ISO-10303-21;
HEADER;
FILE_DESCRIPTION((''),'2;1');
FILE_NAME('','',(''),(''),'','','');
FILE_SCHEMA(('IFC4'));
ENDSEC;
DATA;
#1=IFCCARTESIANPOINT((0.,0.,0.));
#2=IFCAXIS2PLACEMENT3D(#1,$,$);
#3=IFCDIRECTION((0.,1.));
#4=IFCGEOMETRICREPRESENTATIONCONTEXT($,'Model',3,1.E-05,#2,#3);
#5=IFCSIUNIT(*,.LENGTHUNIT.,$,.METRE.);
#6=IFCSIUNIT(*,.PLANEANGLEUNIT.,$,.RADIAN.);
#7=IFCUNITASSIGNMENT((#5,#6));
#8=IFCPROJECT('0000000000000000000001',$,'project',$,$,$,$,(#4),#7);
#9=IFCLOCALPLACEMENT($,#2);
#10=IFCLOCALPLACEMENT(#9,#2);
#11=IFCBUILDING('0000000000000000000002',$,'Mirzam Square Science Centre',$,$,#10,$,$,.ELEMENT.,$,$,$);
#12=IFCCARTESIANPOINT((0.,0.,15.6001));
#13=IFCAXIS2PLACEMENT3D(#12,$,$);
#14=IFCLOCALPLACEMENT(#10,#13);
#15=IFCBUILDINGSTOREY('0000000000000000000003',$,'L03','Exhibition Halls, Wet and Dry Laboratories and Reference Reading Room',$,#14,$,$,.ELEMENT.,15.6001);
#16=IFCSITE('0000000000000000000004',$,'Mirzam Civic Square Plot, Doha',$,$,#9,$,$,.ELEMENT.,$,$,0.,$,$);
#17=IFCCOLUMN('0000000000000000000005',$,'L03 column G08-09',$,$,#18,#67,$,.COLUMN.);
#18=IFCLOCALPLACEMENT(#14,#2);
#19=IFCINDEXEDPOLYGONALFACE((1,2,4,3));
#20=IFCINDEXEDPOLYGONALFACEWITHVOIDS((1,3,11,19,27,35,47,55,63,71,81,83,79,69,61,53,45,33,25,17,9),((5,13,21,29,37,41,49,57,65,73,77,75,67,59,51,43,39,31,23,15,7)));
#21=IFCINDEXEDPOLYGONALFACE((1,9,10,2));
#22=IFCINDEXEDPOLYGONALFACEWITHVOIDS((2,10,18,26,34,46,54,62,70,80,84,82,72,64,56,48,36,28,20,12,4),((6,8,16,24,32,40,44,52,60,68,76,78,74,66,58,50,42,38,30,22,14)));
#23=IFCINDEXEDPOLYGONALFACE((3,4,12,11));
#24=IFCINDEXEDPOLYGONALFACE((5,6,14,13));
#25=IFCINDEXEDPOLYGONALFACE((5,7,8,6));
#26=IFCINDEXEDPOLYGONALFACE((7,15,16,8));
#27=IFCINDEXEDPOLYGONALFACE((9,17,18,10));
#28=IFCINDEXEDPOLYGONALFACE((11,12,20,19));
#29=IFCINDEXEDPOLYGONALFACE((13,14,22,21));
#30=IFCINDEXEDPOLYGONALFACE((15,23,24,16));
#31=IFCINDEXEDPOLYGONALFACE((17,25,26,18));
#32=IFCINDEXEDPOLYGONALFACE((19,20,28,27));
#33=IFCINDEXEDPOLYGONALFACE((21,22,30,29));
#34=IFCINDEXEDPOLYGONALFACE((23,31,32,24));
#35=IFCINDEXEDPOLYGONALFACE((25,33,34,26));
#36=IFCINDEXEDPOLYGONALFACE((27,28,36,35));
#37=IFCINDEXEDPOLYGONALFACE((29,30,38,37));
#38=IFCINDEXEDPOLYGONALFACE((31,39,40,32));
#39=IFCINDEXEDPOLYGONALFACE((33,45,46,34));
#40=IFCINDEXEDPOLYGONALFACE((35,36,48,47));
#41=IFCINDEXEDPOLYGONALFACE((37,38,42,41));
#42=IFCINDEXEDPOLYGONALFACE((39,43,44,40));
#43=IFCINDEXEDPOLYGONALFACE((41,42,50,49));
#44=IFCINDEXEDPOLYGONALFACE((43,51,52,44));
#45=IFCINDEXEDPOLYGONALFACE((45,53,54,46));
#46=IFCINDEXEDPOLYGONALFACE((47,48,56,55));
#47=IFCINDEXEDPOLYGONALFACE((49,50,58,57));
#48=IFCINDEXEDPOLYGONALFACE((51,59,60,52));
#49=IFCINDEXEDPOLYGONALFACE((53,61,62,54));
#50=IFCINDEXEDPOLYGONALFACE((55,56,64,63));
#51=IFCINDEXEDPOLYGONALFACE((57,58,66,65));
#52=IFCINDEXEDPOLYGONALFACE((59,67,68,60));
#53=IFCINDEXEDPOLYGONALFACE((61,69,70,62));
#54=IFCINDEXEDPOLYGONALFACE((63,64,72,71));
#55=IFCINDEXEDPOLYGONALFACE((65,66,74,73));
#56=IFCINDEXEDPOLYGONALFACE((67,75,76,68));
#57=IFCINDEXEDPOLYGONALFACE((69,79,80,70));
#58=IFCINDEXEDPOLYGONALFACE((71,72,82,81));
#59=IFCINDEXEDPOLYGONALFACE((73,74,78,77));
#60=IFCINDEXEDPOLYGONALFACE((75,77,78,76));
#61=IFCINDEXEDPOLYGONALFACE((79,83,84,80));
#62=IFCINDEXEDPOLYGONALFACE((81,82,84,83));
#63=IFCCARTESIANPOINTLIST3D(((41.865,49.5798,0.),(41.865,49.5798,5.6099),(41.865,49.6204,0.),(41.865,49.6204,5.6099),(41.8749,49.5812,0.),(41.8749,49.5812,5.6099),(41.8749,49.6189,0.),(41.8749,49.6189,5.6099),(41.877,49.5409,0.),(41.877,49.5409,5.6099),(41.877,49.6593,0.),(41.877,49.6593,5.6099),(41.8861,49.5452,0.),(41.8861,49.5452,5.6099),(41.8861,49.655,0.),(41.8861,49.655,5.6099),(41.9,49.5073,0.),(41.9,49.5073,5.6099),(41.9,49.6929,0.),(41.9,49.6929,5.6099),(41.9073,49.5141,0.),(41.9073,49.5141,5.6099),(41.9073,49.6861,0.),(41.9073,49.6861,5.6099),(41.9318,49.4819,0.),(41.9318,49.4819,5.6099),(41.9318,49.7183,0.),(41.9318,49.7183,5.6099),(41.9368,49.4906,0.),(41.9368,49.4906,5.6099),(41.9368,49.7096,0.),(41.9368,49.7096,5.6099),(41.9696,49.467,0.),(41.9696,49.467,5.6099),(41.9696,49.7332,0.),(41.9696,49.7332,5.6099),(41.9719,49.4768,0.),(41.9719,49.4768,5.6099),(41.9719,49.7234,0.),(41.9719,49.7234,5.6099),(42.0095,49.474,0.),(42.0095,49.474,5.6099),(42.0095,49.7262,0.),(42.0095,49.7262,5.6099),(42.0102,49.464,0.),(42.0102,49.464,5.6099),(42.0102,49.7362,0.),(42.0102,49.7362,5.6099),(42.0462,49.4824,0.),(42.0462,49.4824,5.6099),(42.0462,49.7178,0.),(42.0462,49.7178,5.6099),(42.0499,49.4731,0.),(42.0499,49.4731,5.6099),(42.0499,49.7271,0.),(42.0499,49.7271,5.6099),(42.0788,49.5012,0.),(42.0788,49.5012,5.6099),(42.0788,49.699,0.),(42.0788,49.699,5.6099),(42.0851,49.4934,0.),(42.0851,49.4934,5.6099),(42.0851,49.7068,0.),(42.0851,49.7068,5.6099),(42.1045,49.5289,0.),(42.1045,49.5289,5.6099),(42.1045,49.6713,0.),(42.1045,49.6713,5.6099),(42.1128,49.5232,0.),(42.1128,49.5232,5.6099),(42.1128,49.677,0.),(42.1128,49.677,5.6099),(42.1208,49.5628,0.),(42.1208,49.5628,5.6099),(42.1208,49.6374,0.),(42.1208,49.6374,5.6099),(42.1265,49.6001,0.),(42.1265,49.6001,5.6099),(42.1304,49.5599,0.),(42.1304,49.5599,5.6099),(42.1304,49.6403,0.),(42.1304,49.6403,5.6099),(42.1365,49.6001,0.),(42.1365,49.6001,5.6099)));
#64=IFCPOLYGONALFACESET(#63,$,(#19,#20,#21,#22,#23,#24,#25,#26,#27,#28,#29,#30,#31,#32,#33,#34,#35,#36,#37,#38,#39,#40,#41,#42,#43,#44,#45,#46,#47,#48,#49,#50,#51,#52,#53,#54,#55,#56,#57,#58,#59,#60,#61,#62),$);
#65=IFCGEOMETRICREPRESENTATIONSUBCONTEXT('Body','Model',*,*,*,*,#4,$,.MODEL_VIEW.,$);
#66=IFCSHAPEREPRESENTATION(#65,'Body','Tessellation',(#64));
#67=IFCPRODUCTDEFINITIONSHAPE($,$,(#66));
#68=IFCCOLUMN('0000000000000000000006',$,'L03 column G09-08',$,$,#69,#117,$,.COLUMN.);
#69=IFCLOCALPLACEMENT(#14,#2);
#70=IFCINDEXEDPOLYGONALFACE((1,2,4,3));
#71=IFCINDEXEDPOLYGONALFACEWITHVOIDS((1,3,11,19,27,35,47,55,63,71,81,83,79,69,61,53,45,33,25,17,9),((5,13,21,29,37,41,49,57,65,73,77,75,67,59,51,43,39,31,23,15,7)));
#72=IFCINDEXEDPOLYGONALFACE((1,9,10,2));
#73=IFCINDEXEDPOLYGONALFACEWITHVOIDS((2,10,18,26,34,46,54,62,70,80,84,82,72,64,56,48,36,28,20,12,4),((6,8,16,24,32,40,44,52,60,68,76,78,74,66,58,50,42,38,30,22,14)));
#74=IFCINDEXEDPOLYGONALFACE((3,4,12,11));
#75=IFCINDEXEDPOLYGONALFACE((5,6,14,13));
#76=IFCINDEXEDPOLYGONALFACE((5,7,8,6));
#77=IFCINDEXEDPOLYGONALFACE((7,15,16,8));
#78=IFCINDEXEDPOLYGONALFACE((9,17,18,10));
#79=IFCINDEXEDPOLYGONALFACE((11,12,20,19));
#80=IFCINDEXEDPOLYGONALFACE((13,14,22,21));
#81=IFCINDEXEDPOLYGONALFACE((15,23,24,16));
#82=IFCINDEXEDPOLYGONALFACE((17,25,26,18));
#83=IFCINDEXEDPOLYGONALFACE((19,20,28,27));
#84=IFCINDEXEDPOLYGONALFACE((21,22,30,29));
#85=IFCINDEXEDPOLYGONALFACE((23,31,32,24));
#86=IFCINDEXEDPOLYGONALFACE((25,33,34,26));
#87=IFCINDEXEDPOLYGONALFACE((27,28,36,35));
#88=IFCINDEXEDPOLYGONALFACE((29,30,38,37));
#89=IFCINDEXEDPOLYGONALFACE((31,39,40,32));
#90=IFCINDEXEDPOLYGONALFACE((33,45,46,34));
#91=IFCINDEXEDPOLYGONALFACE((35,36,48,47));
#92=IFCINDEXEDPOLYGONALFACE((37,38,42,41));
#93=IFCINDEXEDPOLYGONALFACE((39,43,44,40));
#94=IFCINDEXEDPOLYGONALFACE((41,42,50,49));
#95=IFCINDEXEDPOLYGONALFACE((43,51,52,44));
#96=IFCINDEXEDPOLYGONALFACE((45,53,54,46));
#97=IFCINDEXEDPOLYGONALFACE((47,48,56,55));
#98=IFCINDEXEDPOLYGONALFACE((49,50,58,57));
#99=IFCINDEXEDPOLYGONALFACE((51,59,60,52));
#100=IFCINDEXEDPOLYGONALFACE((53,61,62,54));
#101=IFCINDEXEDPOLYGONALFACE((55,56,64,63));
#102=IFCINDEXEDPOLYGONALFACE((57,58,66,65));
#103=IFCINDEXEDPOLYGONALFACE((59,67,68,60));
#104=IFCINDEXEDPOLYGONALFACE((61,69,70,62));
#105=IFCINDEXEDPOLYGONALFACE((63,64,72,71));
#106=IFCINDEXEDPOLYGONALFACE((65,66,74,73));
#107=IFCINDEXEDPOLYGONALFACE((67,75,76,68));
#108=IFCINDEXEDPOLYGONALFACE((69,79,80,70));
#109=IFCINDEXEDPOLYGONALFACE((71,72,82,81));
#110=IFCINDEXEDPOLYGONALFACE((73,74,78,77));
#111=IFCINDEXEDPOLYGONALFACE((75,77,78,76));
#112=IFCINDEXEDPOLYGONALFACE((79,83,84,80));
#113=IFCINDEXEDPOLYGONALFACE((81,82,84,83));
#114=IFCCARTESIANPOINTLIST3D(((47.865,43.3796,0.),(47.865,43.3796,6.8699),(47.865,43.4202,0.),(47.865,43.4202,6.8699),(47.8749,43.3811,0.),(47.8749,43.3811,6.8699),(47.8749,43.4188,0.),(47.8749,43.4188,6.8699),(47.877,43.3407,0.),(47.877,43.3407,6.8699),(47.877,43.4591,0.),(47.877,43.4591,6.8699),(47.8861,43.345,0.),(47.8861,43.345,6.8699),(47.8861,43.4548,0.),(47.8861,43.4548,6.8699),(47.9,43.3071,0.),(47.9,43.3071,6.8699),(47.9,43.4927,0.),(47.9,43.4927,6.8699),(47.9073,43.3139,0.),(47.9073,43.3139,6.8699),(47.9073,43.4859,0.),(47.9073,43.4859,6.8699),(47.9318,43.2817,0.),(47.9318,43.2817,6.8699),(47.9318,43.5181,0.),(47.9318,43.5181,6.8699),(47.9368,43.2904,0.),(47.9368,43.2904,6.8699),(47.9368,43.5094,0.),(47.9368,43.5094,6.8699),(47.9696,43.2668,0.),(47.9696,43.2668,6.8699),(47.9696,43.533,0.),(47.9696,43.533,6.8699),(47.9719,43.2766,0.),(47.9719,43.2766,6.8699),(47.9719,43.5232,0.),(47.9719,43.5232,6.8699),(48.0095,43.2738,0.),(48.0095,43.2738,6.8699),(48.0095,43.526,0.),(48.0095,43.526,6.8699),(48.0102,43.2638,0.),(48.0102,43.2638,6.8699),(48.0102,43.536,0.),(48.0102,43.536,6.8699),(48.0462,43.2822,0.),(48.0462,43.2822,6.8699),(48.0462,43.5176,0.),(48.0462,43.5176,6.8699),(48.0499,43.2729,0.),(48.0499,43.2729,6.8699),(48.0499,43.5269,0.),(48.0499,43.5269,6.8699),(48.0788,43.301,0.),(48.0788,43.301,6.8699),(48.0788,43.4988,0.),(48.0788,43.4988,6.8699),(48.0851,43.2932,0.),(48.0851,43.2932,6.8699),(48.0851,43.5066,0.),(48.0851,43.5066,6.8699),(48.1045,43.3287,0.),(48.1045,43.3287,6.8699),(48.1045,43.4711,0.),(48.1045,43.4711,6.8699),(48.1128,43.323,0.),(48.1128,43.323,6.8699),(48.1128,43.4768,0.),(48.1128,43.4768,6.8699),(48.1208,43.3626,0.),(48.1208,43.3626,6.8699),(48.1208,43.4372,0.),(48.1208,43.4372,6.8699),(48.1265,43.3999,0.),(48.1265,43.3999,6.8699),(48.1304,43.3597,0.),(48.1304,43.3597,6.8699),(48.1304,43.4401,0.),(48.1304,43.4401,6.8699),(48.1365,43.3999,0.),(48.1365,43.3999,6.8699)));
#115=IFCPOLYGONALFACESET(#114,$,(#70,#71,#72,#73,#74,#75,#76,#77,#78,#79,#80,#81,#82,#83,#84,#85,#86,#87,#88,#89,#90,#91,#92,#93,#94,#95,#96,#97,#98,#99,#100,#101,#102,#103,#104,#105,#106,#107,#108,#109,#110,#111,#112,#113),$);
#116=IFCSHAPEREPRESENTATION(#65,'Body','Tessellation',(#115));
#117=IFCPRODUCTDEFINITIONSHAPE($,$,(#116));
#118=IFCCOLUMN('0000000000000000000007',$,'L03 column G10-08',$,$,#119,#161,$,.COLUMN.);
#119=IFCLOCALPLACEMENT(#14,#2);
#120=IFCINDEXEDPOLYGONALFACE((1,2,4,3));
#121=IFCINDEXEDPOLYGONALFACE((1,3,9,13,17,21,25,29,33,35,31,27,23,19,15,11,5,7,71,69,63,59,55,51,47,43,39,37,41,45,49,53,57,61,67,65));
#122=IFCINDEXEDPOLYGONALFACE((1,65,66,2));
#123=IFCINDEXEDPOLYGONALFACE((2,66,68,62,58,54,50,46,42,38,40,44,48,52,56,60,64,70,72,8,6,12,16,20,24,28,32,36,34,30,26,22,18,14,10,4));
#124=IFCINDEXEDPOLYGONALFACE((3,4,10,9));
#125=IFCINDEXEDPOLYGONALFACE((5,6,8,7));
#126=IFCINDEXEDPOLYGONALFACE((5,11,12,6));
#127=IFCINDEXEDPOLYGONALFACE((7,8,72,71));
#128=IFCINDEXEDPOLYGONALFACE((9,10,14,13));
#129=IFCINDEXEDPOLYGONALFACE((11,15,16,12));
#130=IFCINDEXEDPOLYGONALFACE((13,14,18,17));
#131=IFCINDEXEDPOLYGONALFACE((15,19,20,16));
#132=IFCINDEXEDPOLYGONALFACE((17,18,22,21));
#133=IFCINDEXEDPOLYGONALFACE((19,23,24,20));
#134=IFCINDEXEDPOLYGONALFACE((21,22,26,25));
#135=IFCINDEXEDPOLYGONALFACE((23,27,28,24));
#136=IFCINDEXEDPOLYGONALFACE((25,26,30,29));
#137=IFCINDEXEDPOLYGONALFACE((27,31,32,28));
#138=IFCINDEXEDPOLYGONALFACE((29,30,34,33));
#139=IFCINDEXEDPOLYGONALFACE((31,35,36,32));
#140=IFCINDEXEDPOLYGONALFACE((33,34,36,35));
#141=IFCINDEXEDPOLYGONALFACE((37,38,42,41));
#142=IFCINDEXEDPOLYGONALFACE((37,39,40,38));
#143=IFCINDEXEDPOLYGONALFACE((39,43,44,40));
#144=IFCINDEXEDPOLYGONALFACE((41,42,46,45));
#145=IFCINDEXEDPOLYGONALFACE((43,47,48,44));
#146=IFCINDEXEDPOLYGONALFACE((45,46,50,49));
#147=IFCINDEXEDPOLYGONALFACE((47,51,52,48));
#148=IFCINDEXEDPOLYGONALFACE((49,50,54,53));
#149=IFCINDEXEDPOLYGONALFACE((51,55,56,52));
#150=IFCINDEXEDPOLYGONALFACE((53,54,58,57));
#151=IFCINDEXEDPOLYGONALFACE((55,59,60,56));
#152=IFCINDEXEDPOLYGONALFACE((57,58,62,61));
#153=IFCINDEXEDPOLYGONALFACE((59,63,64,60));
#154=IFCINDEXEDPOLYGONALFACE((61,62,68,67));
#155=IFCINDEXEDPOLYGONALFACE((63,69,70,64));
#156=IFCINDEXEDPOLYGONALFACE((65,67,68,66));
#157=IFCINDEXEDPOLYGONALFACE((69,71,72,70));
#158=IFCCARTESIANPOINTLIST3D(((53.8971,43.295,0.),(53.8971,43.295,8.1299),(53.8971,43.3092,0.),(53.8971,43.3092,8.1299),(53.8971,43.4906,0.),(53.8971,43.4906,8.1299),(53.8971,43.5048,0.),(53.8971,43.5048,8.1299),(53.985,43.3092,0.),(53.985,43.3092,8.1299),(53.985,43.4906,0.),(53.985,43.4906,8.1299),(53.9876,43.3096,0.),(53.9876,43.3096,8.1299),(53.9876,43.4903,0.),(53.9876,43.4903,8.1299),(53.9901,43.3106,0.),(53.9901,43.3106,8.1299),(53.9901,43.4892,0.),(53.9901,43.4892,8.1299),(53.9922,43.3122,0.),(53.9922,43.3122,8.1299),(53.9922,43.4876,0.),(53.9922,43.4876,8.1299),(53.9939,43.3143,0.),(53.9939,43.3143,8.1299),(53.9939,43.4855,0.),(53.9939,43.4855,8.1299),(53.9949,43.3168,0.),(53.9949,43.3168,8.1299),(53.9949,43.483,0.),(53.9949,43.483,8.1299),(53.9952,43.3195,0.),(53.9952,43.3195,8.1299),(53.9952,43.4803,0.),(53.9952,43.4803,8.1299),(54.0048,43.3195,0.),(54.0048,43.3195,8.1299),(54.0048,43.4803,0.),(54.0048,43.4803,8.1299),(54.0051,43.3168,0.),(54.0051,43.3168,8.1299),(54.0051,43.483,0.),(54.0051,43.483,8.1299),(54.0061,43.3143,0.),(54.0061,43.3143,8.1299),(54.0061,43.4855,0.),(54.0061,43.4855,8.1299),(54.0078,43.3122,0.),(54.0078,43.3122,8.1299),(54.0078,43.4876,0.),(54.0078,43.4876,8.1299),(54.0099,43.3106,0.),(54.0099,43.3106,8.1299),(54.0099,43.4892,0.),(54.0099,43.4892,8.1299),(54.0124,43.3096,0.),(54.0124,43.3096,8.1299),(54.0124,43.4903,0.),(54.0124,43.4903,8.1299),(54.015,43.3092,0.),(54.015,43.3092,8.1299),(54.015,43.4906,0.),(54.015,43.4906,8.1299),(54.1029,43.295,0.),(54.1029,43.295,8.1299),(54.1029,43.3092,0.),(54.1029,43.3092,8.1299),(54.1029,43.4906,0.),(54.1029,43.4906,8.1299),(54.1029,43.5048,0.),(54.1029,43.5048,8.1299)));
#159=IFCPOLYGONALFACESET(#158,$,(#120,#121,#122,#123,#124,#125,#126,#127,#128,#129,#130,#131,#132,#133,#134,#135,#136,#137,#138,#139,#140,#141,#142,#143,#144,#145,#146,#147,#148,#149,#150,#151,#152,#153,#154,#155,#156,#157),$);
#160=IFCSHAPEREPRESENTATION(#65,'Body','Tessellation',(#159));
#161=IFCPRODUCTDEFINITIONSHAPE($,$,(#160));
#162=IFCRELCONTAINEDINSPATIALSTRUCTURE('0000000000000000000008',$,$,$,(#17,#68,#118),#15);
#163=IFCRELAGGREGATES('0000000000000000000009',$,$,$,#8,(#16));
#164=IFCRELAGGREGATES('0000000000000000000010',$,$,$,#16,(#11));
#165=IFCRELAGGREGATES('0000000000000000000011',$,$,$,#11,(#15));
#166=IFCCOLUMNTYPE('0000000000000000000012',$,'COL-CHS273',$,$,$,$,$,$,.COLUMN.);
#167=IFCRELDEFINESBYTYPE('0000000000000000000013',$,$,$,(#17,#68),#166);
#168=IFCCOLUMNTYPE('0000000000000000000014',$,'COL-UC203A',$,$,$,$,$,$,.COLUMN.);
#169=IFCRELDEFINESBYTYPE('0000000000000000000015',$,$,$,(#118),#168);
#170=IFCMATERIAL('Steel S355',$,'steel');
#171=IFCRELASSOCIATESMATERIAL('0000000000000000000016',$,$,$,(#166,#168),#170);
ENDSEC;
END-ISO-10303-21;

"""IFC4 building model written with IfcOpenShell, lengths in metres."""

from ifc_helpers import new_model, si_unit, direction, frame, origin, origin_2d, place, context, subcontext, project, spatial, hollow_circle, i_section, extrude, material, material_profile, profile_set, type_object, element, save


model = new_model("IFC4")

# Units and contexts
model_context = context("Model", 3, precision=1e-05, world=origin(), true_north=direction((0.0, 1.0)))
body_context = subcontext(model_context, "Body", "Model", "MODEL_VIEW")
ifc_project = project(units=[si_unit("LENGTHUNIT", "METRE"), si_unit("PLANEANGLEUNIT", "RADIAN")], contexts=[model_context])

# Site, building, storey
site_placement = place(None, origin())
site = spatial("IfcSite", under=ifc_project, at=site_placement, Name="Mirzam Civic Square Plot, Doha", CompositionType="ELEMENT", RefElevation=0.0)
building_placement = place(site_placement, origin())
building = spatial("IfcBuilding", under=site, at=building_placement, Name="Mirzam Square Science Centre", CompositionType="ELEMENT")
storey_placement = place(building_placement, frame((0.0, 0.0, 15.6001)))
storey = spatial("IfcBuildingStorey", under=building, at=storey_placement, Name="L03", Description="Exhibition Halls, Wet and Dry Laboratories and Reference Reading Room", CompositionType="ELEMENT", Elevation=15.6001)

# Columns
ifc_material_1 = material(Name="Steel S355", Category="steel")
ifc_material_profile_1 = material_profile(ifc_material_1, hollow_circle(Radius=0.1365, WallThickness=0.01, at=origin_2d()), Name="273.0x10.0CHS")
ifc_profile_set_1 = profile_set([ifc_material_profile_1], Name="Steel S355")
column_type_1 = type_object("IfcColumnType", Name="COL-CHS273", PredefinedType="COLUMN", material=ifc_profile_set_1)
column_1_placement = place(storey_placement, frame((42.0, 49.6001, 0.0), z_axis=(0.0, 0.0, 1.0), x_axis=(1.0, 0.0, 0.0)))
element("IfcColumn", 1, at=column_1_placement, inside=storey, type_object=column_type_1, Name="L03 column G08-09", PredefinedType="COLUMN", context=body_context, shape_type="SweptSolid", body=[
    extrude(hollow_circle(Radius=0.1365, WallThickness=0.01, at=origin_2d()), origin(), (0.0, 0.0, 1.0), 5.6099),
])
column_2_placement = place(storey_placement, frame((48.0, 43.3999, 0.0), z_axis=(0.0, 0.0, 1.0), x_axis=(1.0, 0.0, 0.0)))
element("IfcColumn", 2, at=column_2_placement, inside=storey, type_object=column_type_1, Name="L03 column G09-08", PredefinedType="COLUMN", context=body_context, shape_type="SweptSolid", body=[
    extrude(hollow_circle(Radius=0.1365, WallThickness=0.01, at=origin_2d()), origin(), (0.0, 0.0, 1.0), 6.8699),
])
ifc_material_profile_2 = material_profile(ifc_material_1, i_section(OverallWidth=0.2058, OverallDepth=0.2097, WebThickness=0.0095, FlangeThickness=0.0142, FilletRadius=0.0103, at=origin_2d()), Name="203x203x60UC")
ifc_profile_set_2 = profile_set([ifc_material_profile_2], Name="Steel S355")
column_type_2 = type_object("IfcColumnType", Name="COL-UC203A", PredefinedType="COLUMN", material=ifc_profile_set_2)
column_3_placement = place(storey_placement, frame((54.0, 43.3999, 0.0), z_axis=(0.0, 0.0, 1.0), x_axis=(1.0, 0.0, 0.0)))
element("IfcColumn", 3, at=column_3_placement, inside=storey, type_object=column_type_2, Name="L03 column G10-08", PredefinedType="COLUMN", context=body_context, shape_type="SweptSolid", body=[
    extrude(i_section(OverallWidth=0.2058, OverallDepth=0.2097, WebThickness=0.0095, FlangeThickness=0.0142, FilletRadius=0.0103, at=origin_2d()), origin(), (0.0, 0.0, 1.0), 8.1299),
])

save(model, "model.ifc")
